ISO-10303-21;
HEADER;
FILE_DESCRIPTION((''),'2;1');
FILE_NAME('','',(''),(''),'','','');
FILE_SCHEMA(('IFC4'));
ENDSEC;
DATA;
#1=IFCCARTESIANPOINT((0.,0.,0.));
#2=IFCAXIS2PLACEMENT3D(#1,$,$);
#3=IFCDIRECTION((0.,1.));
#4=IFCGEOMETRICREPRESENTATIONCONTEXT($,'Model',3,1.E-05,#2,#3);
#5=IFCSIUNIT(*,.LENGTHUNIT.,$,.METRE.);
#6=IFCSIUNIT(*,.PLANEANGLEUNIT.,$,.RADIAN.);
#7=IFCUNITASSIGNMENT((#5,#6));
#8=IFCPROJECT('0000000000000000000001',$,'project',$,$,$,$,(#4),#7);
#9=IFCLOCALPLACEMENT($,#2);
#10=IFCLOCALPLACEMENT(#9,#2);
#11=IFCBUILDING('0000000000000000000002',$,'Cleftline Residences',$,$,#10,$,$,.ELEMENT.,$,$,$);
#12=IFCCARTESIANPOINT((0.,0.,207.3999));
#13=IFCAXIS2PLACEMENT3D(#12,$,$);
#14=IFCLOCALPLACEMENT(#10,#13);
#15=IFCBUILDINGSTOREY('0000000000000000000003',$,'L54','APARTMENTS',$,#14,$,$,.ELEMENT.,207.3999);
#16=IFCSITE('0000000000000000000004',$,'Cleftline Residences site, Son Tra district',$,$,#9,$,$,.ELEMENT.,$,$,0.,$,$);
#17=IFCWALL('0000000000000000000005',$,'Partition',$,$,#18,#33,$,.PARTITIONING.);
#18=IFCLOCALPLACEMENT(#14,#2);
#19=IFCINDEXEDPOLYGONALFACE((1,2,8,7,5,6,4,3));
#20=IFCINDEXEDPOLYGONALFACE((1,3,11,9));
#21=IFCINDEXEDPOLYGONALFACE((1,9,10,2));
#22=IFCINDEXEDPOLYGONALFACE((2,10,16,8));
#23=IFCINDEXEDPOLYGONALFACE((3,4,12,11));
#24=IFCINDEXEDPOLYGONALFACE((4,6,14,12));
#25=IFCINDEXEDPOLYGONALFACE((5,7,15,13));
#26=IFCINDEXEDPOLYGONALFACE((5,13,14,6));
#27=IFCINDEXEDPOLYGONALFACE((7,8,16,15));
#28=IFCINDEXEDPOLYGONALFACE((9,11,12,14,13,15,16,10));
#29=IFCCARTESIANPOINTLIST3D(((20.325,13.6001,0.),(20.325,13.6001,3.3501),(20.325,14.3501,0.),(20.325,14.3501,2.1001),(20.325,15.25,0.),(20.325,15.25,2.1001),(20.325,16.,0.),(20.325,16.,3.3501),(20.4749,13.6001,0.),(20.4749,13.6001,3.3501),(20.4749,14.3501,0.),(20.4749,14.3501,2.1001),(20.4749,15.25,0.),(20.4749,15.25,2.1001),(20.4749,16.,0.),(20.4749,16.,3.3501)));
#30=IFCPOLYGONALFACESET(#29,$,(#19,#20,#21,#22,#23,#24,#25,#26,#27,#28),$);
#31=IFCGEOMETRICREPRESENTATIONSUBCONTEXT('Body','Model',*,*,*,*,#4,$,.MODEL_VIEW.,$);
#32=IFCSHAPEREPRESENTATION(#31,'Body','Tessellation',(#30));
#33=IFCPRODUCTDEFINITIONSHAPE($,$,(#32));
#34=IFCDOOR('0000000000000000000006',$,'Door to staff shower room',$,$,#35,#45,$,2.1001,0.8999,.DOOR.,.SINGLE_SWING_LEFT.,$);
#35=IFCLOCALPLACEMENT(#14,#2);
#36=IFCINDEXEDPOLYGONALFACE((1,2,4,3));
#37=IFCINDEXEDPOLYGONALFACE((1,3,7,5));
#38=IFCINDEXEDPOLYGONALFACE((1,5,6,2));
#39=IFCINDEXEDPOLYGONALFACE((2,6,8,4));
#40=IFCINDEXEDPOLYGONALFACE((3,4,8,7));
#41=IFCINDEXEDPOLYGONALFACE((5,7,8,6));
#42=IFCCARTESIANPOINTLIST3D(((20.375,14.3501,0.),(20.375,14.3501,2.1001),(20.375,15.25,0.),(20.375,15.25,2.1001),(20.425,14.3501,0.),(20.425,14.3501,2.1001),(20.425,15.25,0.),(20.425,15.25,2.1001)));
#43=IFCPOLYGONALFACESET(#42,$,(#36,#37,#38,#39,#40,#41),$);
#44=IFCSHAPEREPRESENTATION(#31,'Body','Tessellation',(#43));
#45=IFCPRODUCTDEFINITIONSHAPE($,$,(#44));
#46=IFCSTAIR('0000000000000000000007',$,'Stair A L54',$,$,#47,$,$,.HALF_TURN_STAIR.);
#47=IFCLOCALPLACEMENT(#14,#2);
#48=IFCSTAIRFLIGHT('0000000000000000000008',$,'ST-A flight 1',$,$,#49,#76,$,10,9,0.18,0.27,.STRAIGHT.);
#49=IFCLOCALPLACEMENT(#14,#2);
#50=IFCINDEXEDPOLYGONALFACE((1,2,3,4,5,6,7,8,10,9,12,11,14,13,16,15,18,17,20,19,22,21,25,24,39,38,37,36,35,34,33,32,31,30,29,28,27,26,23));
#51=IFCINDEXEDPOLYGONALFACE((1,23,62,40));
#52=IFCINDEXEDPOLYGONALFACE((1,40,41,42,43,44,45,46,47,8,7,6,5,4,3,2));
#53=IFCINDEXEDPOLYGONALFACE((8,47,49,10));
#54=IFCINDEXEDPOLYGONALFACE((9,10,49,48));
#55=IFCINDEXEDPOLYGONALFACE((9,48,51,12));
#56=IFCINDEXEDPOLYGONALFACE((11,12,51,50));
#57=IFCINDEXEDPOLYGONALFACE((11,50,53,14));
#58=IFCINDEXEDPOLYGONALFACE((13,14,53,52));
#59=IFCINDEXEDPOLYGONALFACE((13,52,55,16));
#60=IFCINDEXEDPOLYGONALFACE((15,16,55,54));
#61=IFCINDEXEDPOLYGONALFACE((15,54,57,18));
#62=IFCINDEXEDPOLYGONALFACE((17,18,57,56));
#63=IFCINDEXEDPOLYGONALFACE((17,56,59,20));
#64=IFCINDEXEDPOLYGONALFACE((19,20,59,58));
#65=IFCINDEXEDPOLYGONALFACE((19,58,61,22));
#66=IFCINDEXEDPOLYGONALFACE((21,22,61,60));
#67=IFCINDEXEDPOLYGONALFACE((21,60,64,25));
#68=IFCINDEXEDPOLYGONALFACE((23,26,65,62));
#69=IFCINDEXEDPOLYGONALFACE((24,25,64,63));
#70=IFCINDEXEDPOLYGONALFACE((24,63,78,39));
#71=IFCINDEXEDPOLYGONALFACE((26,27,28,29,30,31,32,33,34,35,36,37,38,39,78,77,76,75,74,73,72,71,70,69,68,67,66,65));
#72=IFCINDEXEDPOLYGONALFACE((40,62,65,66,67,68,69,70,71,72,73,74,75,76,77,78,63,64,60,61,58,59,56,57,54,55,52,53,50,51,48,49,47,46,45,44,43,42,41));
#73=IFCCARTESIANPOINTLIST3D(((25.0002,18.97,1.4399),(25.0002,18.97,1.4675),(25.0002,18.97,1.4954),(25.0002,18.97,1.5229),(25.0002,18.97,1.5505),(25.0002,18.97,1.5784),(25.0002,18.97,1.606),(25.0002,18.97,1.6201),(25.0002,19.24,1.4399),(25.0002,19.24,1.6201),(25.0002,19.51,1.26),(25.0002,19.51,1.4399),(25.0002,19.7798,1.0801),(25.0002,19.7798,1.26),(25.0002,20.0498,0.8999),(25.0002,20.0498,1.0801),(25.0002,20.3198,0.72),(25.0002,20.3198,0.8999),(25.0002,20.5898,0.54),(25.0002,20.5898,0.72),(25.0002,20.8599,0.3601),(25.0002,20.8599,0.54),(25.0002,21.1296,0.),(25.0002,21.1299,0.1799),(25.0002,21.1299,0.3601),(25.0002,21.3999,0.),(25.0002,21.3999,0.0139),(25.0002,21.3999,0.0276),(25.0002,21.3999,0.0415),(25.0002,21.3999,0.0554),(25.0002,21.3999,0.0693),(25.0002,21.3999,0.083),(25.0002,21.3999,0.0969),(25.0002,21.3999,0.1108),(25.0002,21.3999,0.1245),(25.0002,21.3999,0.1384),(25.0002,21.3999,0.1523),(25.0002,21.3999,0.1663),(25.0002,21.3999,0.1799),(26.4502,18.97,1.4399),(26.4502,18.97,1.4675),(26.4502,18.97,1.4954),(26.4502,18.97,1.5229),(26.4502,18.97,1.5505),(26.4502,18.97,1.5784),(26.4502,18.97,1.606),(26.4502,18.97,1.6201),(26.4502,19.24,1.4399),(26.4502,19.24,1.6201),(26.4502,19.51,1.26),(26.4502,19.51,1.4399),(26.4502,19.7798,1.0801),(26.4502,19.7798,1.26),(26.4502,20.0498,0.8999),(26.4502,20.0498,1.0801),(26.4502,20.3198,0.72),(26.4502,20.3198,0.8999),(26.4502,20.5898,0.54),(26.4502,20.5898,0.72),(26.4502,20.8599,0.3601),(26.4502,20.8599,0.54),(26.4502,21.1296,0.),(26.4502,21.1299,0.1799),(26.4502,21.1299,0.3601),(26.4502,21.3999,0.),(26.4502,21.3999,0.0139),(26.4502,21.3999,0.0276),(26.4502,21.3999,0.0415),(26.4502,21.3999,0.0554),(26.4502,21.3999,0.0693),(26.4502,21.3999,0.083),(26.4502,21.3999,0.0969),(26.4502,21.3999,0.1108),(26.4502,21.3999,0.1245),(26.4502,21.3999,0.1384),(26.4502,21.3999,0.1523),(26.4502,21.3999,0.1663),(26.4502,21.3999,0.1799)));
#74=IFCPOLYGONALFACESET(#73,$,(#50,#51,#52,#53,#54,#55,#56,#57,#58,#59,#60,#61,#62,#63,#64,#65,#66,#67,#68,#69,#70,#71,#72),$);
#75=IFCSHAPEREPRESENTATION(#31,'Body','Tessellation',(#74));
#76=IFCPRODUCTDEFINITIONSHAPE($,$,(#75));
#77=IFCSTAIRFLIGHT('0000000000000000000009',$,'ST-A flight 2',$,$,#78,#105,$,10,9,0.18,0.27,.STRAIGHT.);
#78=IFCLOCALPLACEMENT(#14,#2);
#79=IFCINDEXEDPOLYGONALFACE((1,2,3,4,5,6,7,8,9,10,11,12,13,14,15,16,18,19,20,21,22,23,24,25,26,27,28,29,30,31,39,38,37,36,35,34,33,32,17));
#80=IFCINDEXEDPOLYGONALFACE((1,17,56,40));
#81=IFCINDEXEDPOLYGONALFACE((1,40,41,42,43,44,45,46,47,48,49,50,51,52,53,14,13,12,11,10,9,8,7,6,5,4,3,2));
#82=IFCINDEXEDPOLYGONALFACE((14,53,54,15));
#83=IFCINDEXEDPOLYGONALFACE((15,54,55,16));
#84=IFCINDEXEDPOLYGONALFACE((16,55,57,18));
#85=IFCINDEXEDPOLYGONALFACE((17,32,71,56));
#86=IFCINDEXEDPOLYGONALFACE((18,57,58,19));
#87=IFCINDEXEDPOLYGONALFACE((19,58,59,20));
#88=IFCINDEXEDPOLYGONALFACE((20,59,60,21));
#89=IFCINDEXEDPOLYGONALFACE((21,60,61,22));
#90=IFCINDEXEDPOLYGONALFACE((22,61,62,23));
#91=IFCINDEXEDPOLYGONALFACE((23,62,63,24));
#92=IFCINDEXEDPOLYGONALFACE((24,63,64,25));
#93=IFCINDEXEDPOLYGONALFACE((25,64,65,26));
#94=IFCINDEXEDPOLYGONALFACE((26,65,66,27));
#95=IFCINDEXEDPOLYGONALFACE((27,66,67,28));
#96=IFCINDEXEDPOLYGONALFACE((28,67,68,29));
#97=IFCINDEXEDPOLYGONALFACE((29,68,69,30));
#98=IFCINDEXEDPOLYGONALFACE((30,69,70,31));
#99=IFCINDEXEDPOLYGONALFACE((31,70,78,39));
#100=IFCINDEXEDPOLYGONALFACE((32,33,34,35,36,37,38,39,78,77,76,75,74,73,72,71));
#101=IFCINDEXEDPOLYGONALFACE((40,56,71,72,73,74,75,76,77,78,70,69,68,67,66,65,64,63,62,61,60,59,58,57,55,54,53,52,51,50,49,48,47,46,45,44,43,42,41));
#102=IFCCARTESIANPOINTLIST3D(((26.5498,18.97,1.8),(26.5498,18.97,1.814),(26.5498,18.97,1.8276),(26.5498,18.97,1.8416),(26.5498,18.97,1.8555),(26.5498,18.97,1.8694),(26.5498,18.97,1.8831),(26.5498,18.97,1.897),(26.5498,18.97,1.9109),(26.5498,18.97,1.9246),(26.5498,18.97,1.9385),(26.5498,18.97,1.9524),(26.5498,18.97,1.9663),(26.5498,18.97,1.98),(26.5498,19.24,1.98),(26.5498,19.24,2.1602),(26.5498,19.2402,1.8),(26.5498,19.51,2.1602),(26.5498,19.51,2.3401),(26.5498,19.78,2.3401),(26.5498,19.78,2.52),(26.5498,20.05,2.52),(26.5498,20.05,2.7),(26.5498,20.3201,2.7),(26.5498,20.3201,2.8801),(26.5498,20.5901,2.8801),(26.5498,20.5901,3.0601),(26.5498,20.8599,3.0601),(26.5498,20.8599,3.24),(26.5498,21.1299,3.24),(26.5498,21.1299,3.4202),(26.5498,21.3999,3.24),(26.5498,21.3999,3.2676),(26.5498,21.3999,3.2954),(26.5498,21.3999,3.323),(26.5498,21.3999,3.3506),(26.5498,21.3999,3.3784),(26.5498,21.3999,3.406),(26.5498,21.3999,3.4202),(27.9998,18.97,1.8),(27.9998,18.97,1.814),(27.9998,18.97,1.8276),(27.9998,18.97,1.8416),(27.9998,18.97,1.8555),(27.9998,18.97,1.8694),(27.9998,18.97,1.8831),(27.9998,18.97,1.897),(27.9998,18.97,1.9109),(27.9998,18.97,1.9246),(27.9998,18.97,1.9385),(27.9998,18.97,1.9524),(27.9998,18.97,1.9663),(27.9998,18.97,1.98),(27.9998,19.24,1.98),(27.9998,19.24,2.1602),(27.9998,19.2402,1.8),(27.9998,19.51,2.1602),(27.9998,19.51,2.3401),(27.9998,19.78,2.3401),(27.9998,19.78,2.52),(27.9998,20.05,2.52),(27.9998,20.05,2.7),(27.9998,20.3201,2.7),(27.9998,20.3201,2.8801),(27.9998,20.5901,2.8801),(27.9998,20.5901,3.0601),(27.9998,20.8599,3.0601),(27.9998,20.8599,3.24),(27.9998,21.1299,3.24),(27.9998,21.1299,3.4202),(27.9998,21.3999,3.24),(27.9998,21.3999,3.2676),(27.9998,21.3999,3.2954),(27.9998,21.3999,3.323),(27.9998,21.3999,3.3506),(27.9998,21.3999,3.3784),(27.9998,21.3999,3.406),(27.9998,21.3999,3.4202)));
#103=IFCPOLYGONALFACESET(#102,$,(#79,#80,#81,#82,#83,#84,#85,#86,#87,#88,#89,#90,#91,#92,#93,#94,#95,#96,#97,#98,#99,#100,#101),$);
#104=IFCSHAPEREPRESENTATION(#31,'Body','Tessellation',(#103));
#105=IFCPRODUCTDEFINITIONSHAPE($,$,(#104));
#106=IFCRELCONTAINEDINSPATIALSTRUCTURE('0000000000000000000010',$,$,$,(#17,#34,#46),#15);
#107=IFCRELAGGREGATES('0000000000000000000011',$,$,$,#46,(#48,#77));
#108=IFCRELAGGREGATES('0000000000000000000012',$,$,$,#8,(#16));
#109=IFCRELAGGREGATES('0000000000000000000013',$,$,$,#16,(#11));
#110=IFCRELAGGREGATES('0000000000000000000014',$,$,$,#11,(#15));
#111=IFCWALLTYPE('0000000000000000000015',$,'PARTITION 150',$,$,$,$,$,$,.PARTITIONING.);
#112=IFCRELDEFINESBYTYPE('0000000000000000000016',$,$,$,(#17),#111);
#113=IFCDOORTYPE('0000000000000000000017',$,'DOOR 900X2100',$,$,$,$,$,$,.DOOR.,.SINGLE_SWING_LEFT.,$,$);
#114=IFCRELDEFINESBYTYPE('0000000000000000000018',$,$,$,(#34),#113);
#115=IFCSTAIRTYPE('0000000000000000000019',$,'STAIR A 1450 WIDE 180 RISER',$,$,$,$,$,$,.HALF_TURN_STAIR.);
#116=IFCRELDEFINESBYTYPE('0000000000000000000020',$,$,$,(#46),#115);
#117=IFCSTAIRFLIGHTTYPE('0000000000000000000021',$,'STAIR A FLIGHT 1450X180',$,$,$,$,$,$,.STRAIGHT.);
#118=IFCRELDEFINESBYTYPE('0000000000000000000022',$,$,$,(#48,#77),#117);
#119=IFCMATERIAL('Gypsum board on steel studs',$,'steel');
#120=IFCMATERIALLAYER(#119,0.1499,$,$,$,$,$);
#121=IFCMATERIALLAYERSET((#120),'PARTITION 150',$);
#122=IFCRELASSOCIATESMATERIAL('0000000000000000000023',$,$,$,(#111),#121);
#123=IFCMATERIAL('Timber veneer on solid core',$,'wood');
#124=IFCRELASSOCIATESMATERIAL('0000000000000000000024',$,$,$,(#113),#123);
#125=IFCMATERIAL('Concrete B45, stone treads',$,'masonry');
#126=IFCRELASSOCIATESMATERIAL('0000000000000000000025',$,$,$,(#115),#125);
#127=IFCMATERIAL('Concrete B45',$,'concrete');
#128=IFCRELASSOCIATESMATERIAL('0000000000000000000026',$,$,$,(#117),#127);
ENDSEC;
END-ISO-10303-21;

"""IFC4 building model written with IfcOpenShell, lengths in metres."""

from ifc_helpers import new_model, si_unit, direction, frame, frame_2d, origin, place, context, subcontext, project, spatial, polyline, rectangle, outline, extrude, material, layer, layer_set, type_object, element, fill, aggregate, save


model = new_model("IFC4")

# Units and contexts
model_context = context("Model", 3, precision=1e-05, world=origin(), true_north=direction((0.0, 1.0)))
body_context = subcontext(model_context, "Body", "Model", "MODEL_VIEW")
ifc_project = project(units=[si_unit("LENGTHUNIT", "METRE"), si_unit("PLANEANGLEUNIT", "RADIAN")], contexts=[model_context])

# Site, building, storey
site_placement = place(None, origin())
site = spatial("IfcSite", under=ifc_project, at=site_placement, Name="Cleftline Residences site, Son Tra district", CompositionType="ELEMENT", RefElevation=0.0)
building_placement = place(site_placement, origin())
building = spatial("IfcBuilding", under=site, at=building_placement, Name="Cleftline Residences", CompositionType="ELEMENT")
storey_placement = place(building_placement, frame((0.0, 0.0, 207.3999)))
storey = spatial("IfcBuildingStorey", under=building, at=storey_placement, Name="L54", Description="APARTMENTS", CompositionType="ELEMENT", Elevation=207.3999)

# Shared definitions
ifc_material_1 = material(Name="Gypsum board on steel studs", Category="steel")
ifc_layer_1 = layer(ifc_material_1, 0.1499)
ifc_layer_set_1 = layer_set([ifc_layer_1], Name="PARTITION 150")
wall_type_1 = type_object("IfcWallType", Name="PARTITION 150", PredefinedType="PARTITIONING", material=ifc_layer_set_1)

# Wall, opening, door
wall_1_placement = place(storey_placement, frame((20.3999, 13.6001, 0.0), z_axis=(0.0, 0.0, 1.0), x_axis=(0.0, 1.0, 0.0)))
wall_1 = element("IfcWall", 1, at=wall_1_placement, inside=storey, type_object=wall_type_1, Name="Partition", PredefinedType="PARTITIONING", context=body_context, shape_type="SweptSolid", body=[
    extrude(rectangle(XDim=2.3999, YDim=0.1499, at=frame_2d((1.2, 0.0))), origin(), (0.0, 0.0, 1.0), 3.3501),
])
opening_1_placement = place(wall_1_placement, frame((0.75, 0.0, 0.0)))
opening_1 = element("IfcOpeningElement", 2, at=opening_1_placement, cuts=wall_1, PredefinedType="OPENING", context=body_context, shape_type="SweptSolid", body=[
    extrude(rectangle(XDim=0.8999, YDim=2.1001, at=frame_2d((0.45, 1.05))), frame((0.0, 0.085, 0.0), z_axis=(0.0, -1.0, 0.0), x_axis=(1.0, 0.0, 0.0)), (0.0, 0.0, 1.0), 0.1699),
])
ifc_material_2 = material(Name="Timber veneer on solid core", Category="wood")
door_type_1 = type_object("IfcDoorType", Name="DOOR 900X2100", OperationType="SINGLE_SWING_LEFT", PredefinedType="DOOR", material=ifc_material_2)
door_1_placement = place(opening_1_placement, origin())
door_1 = element("IfcDoor", 3, at=door_1_placement, inside=storey, type_object=door_type_1, Name="Door to staff shower room", OperationType="SINGLE_SWING_LEFT", OverallHeight=2.1001, OverallWidth=0.8999, PredefinedType="DOOR", context=body_context, shape_type="SweptSolid", body=[
    extrude(rectangle(XDim=0.8999, YDim=2.1001, at=frame_2d((0.45, 1.05))), frame((0.0, 0.0249, 0.0), z_axis=(0.0, -1.0, 0.0), x_axis=(1.0, 0.0, 0.0)), (0.0, 0.0, 1.0), 0.05),
])
fill(opening_1, door_1)

# Stair, stair flights
ifc_material_3 = material(Name="Concrete B45, stone treads", Category="masonry")
stair_type = type_object("IfcStairType", Name="STAIR A 1450 WIDE 180 RISER", PredefinedType="HALF_TURN_STAIR", material=ifc_material_3)
stair_placement = place(storey_placement, origin())
stair = element("IfcStair", 4, at=stair_placement, inside=storey, type_object=stair_type, Name="Stair A L54", PredefinedType="HALF_TURN_STAIR")
ifc_material_4 = material(Name="Concrete B45", Category="concrete")
stair_flight_type = type_object("IfcStairFlightType", Name="STAIR A FLIGHT 1450X180", PredefinedType="STRAIGHT", material=ifc_material_4)
stair_flight_1_placement = place(storey_placement, frame((25.7251, 21.3999, 0.0), z_axis=(0.0, 0.0, 1.0), x_axis=(0.0, -1.0, 0.0)))
stair_flight_1 = element("IfcStairFlight", 5, at=stair_flight_1_placement, type_object=stair_flight_type, Name="ST-A flight 1", NumberOfRisers=10, NumberOfTreads=9, PredefinedType="STRAIGHT", RiserHeight=0.18, TreadLength=0.27, context=body_context, shape_type="SweptSolid", body=[
    extrude(outline(polyline([(0.0, 0.0), (0.0, 0.0139), (0.0, 0.0276), (0.0, 0.0415), (0.0, 0.0554), (0.0, 0.0693), (0.0, 0.083), (0.0, 0.0969), (0.0, 0.1108), (0.0, 0.1245), (0.0, 0.1384), (0.0, 0.1523), (0.0, 0.1663), (0.0, 0.1799), (0.27, 0.1799), (0.27, 0.3601), (0.54, 0.3601), (0.54, 0.54), (0.8101, 0.54), (0.8101, 0.72), (1.0801, 0.72), (1.0801, 0.8999), (1.3501, 0.8999), (1.3501, 1.0801), (1.6201, 1.0801), (1.6201, 1.26), (1.8899, 1.26), (1.8899, 1.4399), (2.1599, 1.4399), (2.1599, 1.6201), (2.4299, 1.6201), (2.4299, 1.8), (2.4299, 1.7722), (2.4299, 1.7446), (2.4299, 1.7168), (2.4299, 1.6892), (2.4299, 1.6614), (2.4299, 1.6338), (2.4299, 1.606), (2.4299, 1.5784), (2.4299, 1.5505), (2.4299, 1.5229), (2.4299, 1.4954), (2.4299, 1.4675), (2.4299, 1.4399), (0.2703, 0.0), (0.0, 0.0)])), frame((0.0, 0.7251, 0.0), z_axis=(0.0, -1.0, 0.0), x_axis=(1.0, 0.0, 0.0)), (0.0, 0.0, 1.0), 1.45),
])
stair_flight_2_placement = place(storey_placement, frame((27.2749, 18.97, 1.8), z_axis=(0.0, 0.0, 1.0), x_axis=(0.0, 1.0, 0.0)))
stair_flight_2 = element("IfcStairFlight", 6, at=stair_flight_2_placement, type_object=stair_flight_type, Name="ST-A flight 2", NumberOfRisers=10, NumberOfTreads=9, PredefinedType="STRAIGHT", RiserHeight=0.18, TreadLength=0.27, context=body_context, shape_type="SweptSolid", body=[
    extrude(outline(polyline([(0.0, 0.0), (0.0, 0.0139), (0.0, 0.0276), (0.0, 0.0415), (0.0, 0.0554), (0.0, 0.0693), (0.0, 0.083), (0.0, 0.0969), (0.0, 0.1108), (0.0, 0.1245), (0.0, 0.1384), (0.0, 0.1523), (0.0, 0.1663), (0.0, 0.1799), (0.27, 0.1799), (0.27, 0.3601), (0.54, 0.3601), (0.54, 0.54), (0.8101, 0.54), (0.8101, 0.72), (1.0801, 0.72), (1.0801, 0.8999), (1.3501, 0.8999), (1.3501, 1.0801), (1.6201, 1.0801), (1.6201, 1.26), (1.8899, 1.26), (1.8899, 1.4399), (2.1599, 1.4399), (2.1599, 1.6201), (2.4299, 1.6201), (2.4299, 1.8), (2.4299, 1.7722), (2.4299, 1.7446), (2.4299, 1.7168), (2.4299, 1.6892), (2.4299, 1.6614), (2.4299, 1.6338), (2.4299, 1.606), (2.4299, 1.5784), (2.4299, 1.5505), (2.4299, 1.5229), (2.4299, 1.4954), (2.4299, 1.4675), (2.4299, 1.4399), (0.2703, 0.0), (0.0, 0.0)])), frame((0.0, 0.7251, 0.0), z_axis=(0.0, -1.0, 0.0), x_axis=(1.0, 0.0, 0.0)), (0.0, 0.0, 1.0), 1.45),
])
aggregate(stair, [stair_flight_1, stair_flight_2])

save(model, "model.ifc")
